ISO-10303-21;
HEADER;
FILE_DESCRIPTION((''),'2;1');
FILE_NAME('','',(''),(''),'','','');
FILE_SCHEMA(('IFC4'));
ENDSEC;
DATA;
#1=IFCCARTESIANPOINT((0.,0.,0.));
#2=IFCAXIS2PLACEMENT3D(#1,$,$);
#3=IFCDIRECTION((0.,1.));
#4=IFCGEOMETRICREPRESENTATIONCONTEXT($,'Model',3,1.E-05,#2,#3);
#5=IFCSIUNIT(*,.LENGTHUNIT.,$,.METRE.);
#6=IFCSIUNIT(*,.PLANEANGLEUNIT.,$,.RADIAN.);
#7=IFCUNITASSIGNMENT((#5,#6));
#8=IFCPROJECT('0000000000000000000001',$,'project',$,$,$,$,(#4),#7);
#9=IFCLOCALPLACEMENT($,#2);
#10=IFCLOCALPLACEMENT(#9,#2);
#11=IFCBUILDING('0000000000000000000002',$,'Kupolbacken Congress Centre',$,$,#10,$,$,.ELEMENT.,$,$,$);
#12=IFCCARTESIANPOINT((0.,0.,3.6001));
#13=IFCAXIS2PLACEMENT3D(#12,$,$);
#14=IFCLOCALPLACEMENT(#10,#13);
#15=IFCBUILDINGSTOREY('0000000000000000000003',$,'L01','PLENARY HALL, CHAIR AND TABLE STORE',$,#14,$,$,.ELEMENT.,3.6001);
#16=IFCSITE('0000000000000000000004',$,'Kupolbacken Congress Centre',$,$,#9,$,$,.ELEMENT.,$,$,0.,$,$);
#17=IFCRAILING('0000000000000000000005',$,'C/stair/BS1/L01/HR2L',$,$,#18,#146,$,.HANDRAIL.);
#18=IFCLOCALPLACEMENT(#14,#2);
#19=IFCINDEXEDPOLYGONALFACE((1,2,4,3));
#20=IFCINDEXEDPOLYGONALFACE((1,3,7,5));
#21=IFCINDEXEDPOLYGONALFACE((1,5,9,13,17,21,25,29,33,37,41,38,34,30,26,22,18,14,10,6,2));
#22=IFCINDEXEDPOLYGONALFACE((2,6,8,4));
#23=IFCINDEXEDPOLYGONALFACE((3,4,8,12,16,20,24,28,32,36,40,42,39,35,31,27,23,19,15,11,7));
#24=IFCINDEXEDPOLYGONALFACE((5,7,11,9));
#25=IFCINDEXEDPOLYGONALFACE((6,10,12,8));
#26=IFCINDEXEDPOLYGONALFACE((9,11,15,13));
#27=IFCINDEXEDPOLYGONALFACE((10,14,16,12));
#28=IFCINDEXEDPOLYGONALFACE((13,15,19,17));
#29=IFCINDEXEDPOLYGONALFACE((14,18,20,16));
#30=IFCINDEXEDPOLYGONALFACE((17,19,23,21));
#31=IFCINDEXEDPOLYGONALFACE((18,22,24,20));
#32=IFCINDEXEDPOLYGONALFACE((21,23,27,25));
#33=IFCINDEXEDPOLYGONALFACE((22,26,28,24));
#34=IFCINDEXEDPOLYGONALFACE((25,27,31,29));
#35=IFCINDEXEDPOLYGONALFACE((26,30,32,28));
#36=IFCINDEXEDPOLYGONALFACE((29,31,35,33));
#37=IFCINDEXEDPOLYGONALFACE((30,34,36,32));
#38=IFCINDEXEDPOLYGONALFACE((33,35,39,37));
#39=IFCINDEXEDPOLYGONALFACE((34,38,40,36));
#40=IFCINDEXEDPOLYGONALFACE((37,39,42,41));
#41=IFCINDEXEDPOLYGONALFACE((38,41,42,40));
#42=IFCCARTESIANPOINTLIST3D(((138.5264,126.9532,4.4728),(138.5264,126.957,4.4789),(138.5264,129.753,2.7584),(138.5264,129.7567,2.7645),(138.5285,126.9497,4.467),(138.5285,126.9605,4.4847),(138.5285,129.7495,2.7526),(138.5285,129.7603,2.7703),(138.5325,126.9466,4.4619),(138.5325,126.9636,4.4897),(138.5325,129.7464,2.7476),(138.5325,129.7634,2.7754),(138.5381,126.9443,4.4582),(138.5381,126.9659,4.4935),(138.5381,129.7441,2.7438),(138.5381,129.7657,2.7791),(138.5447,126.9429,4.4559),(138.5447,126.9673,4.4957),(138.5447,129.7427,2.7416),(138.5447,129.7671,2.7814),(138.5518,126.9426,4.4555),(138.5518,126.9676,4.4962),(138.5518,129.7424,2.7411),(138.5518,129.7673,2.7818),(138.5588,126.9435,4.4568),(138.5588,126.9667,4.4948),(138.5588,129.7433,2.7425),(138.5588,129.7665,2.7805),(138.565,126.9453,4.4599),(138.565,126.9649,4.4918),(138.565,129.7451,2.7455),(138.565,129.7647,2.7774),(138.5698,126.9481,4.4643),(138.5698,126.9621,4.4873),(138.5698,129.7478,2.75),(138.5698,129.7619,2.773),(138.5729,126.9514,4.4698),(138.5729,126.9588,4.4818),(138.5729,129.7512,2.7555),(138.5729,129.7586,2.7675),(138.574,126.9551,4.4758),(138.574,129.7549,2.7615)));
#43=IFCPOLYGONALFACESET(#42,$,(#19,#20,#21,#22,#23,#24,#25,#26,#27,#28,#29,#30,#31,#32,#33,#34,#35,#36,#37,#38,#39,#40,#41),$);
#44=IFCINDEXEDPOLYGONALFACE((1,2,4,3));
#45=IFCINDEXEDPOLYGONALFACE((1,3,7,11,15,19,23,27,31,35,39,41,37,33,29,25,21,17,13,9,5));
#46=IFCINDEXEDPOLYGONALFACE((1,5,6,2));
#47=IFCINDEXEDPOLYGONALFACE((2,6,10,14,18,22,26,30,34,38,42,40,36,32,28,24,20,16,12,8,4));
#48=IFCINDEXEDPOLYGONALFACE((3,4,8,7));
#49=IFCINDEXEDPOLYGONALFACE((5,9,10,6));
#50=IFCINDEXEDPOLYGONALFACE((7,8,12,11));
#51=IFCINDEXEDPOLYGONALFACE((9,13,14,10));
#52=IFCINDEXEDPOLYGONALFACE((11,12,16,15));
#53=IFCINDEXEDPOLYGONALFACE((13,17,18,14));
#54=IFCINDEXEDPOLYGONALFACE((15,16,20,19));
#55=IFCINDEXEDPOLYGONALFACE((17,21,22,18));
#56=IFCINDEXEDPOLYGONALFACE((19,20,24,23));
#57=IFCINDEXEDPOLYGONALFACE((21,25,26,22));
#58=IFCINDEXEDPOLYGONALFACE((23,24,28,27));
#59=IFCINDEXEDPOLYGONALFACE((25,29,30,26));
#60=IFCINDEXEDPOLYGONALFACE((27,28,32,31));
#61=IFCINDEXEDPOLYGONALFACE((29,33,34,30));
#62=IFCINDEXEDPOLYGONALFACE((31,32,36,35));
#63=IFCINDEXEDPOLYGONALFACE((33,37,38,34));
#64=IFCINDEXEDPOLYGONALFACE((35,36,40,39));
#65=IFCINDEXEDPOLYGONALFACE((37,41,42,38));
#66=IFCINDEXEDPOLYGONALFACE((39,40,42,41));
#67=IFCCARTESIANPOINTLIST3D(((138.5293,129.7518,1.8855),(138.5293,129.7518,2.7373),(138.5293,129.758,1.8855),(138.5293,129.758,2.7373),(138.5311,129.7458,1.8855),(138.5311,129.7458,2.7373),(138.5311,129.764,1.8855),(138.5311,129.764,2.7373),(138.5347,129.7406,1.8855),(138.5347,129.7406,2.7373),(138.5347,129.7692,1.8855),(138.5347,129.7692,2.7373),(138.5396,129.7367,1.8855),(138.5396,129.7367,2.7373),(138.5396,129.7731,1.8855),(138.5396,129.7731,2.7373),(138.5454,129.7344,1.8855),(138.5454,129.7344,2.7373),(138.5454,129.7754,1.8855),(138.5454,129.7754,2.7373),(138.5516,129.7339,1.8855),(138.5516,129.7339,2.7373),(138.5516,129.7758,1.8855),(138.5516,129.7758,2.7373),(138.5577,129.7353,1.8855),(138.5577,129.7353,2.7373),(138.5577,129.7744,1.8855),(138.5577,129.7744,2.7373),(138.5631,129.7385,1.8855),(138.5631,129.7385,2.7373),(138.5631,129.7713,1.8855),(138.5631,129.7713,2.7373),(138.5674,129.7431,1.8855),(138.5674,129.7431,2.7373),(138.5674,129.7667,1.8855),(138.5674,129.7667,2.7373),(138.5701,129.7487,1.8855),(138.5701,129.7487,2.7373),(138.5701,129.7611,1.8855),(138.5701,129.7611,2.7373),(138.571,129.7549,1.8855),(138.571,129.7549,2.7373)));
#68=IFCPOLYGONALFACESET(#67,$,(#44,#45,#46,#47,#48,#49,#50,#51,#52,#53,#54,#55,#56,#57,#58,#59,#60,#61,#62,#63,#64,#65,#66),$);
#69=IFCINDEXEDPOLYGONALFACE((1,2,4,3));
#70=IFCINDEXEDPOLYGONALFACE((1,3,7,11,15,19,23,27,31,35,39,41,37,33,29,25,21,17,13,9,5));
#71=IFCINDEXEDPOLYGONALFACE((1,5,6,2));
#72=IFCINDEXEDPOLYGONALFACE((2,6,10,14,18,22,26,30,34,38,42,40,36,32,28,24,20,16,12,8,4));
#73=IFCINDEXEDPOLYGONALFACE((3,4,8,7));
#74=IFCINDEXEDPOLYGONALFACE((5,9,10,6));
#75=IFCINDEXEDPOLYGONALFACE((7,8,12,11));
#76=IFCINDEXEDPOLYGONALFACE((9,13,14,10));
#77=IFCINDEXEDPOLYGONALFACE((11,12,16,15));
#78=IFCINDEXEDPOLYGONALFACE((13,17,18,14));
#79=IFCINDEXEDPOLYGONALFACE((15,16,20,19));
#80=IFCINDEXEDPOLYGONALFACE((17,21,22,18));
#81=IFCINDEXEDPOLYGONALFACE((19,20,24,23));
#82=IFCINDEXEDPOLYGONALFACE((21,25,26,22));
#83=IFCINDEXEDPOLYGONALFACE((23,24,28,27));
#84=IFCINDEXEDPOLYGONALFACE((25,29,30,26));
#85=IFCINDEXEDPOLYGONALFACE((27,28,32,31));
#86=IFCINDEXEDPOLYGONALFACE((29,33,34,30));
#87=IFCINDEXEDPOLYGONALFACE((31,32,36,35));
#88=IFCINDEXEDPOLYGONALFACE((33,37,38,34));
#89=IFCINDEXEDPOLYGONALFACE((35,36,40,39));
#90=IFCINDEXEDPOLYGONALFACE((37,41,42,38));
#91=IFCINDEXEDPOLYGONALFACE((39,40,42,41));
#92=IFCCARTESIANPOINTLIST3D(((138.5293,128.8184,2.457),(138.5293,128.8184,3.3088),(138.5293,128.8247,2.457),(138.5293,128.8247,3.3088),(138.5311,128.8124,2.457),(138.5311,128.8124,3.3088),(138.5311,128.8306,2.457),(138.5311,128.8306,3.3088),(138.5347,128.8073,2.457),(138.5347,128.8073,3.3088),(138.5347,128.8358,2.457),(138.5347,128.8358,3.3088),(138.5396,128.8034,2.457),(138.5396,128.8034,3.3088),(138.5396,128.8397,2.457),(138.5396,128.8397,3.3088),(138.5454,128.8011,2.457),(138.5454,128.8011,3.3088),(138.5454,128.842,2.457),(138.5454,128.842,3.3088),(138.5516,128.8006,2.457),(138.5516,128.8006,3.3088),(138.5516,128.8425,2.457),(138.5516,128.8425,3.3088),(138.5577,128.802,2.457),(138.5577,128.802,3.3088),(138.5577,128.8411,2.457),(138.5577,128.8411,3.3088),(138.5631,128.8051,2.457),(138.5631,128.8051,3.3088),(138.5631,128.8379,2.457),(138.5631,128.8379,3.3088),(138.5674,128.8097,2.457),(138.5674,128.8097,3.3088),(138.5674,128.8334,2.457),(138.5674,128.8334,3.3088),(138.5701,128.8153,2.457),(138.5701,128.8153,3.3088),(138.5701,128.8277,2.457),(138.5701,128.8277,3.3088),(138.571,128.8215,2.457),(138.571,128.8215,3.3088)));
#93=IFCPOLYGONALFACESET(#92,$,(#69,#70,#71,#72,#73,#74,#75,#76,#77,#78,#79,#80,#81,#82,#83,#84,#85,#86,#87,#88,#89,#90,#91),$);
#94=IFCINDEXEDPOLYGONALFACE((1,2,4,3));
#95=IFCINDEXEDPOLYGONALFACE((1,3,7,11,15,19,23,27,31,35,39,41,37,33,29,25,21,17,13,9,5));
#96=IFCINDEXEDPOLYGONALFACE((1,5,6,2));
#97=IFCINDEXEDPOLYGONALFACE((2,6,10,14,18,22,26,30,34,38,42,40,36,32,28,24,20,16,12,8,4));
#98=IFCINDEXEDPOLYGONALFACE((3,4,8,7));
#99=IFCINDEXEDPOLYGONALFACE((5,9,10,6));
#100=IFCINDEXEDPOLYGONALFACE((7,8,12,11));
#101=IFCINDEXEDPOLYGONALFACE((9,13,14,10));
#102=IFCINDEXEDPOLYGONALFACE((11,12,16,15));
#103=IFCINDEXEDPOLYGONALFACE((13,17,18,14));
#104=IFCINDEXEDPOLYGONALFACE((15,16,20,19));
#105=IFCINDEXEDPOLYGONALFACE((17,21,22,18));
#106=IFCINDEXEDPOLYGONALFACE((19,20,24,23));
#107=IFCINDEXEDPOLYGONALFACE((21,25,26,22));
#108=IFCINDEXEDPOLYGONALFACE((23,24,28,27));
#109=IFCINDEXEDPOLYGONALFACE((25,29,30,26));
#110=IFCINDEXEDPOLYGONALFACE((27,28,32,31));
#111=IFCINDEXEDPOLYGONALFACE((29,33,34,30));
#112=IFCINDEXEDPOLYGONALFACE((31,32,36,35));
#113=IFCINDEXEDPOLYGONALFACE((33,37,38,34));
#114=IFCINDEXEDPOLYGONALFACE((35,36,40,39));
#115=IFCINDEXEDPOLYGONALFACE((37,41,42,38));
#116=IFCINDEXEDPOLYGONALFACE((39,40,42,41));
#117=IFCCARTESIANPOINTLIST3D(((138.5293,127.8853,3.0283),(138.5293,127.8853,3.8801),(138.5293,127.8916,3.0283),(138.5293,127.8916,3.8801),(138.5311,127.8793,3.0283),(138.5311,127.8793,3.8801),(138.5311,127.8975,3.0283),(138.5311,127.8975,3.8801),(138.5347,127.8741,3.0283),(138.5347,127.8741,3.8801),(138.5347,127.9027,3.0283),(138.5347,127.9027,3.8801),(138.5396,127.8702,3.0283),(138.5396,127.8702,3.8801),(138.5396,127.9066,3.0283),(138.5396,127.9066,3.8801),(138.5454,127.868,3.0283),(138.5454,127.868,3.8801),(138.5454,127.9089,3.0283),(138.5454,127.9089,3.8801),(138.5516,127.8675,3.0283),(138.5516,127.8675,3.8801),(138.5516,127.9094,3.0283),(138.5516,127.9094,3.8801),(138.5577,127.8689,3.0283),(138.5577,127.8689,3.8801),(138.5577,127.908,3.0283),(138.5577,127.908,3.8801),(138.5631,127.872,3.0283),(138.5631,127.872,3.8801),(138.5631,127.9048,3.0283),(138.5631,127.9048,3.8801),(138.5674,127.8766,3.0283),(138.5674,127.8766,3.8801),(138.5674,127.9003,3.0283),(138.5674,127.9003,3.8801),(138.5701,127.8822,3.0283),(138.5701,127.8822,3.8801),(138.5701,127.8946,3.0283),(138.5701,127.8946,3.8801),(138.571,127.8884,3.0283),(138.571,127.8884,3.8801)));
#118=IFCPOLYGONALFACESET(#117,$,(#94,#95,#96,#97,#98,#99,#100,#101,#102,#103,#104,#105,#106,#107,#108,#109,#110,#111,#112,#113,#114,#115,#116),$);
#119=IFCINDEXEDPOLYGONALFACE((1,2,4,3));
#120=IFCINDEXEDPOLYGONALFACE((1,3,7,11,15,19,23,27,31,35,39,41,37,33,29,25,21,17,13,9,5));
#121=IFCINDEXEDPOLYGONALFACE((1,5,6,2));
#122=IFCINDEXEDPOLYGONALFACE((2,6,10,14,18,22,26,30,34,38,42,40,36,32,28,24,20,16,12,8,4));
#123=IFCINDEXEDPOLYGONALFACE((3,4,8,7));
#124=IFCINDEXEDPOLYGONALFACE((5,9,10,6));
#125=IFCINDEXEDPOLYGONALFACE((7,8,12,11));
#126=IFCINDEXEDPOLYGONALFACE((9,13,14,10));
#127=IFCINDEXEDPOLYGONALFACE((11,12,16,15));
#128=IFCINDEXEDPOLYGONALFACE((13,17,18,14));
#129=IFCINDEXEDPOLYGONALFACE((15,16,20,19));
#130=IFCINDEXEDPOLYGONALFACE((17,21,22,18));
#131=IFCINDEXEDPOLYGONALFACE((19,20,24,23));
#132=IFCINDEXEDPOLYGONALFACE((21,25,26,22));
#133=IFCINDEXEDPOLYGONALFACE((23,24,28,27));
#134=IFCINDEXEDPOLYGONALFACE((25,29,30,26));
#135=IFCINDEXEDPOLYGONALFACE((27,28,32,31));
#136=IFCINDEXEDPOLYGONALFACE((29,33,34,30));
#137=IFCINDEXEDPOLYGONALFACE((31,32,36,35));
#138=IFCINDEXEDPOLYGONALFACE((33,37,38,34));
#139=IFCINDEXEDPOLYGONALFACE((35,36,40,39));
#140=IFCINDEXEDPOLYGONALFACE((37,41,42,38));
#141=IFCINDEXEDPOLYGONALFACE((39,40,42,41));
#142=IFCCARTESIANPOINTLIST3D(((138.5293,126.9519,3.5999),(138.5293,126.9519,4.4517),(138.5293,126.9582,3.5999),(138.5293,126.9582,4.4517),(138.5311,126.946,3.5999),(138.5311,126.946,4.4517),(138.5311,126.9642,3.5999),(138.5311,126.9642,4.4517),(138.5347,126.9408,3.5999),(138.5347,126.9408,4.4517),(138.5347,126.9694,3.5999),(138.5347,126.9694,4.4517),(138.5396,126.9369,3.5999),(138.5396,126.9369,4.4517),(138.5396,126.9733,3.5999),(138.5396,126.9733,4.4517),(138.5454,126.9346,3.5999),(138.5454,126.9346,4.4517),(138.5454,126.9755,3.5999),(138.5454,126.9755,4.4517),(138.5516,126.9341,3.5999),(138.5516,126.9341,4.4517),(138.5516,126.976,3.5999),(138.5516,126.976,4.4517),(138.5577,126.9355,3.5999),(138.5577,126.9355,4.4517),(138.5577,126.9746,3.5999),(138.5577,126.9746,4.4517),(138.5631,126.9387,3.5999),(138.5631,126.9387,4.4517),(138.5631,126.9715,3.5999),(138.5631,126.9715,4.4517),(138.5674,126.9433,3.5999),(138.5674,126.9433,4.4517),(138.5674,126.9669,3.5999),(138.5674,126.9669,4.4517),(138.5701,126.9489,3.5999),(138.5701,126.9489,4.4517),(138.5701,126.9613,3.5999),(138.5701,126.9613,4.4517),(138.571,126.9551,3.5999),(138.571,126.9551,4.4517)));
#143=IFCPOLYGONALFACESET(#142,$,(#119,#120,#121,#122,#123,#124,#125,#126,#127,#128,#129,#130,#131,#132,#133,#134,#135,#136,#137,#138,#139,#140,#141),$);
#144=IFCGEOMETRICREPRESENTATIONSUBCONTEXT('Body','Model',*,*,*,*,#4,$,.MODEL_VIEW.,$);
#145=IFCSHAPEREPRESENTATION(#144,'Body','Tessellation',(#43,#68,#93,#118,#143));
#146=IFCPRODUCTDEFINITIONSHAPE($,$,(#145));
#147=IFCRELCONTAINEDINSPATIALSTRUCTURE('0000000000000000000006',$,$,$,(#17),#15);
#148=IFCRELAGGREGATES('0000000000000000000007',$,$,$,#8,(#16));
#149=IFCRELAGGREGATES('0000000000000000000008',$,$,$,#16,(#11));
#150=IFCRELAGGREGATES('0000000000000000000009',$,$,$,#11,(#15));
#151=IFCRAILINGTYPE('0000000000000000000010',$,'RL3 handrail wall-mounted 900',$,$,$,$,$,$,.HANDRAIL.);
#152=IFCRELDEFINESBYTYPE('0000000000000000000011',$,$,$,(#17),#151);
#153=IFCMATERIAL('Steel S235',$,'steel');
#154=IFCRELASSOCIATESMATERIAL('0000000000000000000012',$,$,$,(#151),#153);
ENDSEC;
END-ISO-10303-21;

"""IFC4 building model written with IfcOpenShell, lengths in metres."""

from ifc_helpers import new_model, si_unit, direction, frame, origin, origin_2d, place, context, subcontext, project, spatial, circle, extrude, material, type_object, element, save


model = new_model("IFC4")

# Units and contexts
model_context = context("Model", 3, precision=1e-05, world=origin(), true_north=direction((0.0, 1.0)))
body_context = subcontext(model_context, "Body", "Model", "MODEL_VIEW")
ifc_project = project(units=[si_unit("LENGTHUNIT", "METRE"), si_unit("PLANEANGLEUNIT", "RADIAN")], contexts=[model_context])

# Site, building, storey
site_placement = place(None, origin())
site = spatial("IfcSite", under=ifc_project, at=site_placement, Name="Kupolbacken Congress Centre", CompositionType="ELEMENT", RefElevation=0.0)
building_placement = place(site_placement, origin())
building = spatial("IfcBuilding", under=site, at=building_placement, Name="Kupolbacken Congress Centre", CompositionType="ELEMENT")
storey_placement = place(building_placement, frame((0.0, 0.0, 3.6001)))
storey = spatial("IfcBuildingStorey", under=building, at=storey_placement, Name="L01", Description="PLENARY HALL, CHAIR AND TABLE STORE", CompositionType="ELEMENT", Elevation=3.6001)

# Railing
ifc_material_1 = material(Name="Steel S235", Category="steel")
railing_type_1 = type_object("IfcRailingType", Name="RL3 handrail wall-mounted 900", PredefinedType="HANDRAIL", material=ifc_material_1)
for number, where, name in (
    (1, (138.55, 129.7549, 1.8855), "C/stair/BS1/L01/HR2L"),
):
    element("IfcRailing", number, at=place(storey_placement, frame(where)), inside=storey, type_object=railing_type_1, Name=name, PredefinedType="HANDRAIL", context=body_context, shape_type="SweptSolid", body=[
        extrude(circle(Radius=0.0239, at=origin_2d()), frame((0.0, 0.0, 0.876), z_axis=(0.0, -0.852826, 0.522196), x_axis=(1.0, 0.0, 0.0)), (0.0, 0.0, 1.0), 3.283),
        extrude(circle(Radius=0.021, at=origin_2d()), origin(), (0.0, 0.0, 1.0), 0.8518),
        extrude(circle(Radius=0.021, at=origin_2d()), frame((0.0, -0.9333, 0.5715)), (0.0, 0.0, 1.0), 0.8518),
        extrude(circle(Radius=0.021, at=origin_2d()), frame((0.0, -1.8665, 1.1428)), (0.0, 0.0, 1.0), 0.8518),
        extrude(circle(Radius=0.021, at=origin_2d()), frame((0.0, -2.7998, 1.7144)), (0.0, 0.0, 1.0), 0.8518),
    ])

save(model, "model.ifc")
